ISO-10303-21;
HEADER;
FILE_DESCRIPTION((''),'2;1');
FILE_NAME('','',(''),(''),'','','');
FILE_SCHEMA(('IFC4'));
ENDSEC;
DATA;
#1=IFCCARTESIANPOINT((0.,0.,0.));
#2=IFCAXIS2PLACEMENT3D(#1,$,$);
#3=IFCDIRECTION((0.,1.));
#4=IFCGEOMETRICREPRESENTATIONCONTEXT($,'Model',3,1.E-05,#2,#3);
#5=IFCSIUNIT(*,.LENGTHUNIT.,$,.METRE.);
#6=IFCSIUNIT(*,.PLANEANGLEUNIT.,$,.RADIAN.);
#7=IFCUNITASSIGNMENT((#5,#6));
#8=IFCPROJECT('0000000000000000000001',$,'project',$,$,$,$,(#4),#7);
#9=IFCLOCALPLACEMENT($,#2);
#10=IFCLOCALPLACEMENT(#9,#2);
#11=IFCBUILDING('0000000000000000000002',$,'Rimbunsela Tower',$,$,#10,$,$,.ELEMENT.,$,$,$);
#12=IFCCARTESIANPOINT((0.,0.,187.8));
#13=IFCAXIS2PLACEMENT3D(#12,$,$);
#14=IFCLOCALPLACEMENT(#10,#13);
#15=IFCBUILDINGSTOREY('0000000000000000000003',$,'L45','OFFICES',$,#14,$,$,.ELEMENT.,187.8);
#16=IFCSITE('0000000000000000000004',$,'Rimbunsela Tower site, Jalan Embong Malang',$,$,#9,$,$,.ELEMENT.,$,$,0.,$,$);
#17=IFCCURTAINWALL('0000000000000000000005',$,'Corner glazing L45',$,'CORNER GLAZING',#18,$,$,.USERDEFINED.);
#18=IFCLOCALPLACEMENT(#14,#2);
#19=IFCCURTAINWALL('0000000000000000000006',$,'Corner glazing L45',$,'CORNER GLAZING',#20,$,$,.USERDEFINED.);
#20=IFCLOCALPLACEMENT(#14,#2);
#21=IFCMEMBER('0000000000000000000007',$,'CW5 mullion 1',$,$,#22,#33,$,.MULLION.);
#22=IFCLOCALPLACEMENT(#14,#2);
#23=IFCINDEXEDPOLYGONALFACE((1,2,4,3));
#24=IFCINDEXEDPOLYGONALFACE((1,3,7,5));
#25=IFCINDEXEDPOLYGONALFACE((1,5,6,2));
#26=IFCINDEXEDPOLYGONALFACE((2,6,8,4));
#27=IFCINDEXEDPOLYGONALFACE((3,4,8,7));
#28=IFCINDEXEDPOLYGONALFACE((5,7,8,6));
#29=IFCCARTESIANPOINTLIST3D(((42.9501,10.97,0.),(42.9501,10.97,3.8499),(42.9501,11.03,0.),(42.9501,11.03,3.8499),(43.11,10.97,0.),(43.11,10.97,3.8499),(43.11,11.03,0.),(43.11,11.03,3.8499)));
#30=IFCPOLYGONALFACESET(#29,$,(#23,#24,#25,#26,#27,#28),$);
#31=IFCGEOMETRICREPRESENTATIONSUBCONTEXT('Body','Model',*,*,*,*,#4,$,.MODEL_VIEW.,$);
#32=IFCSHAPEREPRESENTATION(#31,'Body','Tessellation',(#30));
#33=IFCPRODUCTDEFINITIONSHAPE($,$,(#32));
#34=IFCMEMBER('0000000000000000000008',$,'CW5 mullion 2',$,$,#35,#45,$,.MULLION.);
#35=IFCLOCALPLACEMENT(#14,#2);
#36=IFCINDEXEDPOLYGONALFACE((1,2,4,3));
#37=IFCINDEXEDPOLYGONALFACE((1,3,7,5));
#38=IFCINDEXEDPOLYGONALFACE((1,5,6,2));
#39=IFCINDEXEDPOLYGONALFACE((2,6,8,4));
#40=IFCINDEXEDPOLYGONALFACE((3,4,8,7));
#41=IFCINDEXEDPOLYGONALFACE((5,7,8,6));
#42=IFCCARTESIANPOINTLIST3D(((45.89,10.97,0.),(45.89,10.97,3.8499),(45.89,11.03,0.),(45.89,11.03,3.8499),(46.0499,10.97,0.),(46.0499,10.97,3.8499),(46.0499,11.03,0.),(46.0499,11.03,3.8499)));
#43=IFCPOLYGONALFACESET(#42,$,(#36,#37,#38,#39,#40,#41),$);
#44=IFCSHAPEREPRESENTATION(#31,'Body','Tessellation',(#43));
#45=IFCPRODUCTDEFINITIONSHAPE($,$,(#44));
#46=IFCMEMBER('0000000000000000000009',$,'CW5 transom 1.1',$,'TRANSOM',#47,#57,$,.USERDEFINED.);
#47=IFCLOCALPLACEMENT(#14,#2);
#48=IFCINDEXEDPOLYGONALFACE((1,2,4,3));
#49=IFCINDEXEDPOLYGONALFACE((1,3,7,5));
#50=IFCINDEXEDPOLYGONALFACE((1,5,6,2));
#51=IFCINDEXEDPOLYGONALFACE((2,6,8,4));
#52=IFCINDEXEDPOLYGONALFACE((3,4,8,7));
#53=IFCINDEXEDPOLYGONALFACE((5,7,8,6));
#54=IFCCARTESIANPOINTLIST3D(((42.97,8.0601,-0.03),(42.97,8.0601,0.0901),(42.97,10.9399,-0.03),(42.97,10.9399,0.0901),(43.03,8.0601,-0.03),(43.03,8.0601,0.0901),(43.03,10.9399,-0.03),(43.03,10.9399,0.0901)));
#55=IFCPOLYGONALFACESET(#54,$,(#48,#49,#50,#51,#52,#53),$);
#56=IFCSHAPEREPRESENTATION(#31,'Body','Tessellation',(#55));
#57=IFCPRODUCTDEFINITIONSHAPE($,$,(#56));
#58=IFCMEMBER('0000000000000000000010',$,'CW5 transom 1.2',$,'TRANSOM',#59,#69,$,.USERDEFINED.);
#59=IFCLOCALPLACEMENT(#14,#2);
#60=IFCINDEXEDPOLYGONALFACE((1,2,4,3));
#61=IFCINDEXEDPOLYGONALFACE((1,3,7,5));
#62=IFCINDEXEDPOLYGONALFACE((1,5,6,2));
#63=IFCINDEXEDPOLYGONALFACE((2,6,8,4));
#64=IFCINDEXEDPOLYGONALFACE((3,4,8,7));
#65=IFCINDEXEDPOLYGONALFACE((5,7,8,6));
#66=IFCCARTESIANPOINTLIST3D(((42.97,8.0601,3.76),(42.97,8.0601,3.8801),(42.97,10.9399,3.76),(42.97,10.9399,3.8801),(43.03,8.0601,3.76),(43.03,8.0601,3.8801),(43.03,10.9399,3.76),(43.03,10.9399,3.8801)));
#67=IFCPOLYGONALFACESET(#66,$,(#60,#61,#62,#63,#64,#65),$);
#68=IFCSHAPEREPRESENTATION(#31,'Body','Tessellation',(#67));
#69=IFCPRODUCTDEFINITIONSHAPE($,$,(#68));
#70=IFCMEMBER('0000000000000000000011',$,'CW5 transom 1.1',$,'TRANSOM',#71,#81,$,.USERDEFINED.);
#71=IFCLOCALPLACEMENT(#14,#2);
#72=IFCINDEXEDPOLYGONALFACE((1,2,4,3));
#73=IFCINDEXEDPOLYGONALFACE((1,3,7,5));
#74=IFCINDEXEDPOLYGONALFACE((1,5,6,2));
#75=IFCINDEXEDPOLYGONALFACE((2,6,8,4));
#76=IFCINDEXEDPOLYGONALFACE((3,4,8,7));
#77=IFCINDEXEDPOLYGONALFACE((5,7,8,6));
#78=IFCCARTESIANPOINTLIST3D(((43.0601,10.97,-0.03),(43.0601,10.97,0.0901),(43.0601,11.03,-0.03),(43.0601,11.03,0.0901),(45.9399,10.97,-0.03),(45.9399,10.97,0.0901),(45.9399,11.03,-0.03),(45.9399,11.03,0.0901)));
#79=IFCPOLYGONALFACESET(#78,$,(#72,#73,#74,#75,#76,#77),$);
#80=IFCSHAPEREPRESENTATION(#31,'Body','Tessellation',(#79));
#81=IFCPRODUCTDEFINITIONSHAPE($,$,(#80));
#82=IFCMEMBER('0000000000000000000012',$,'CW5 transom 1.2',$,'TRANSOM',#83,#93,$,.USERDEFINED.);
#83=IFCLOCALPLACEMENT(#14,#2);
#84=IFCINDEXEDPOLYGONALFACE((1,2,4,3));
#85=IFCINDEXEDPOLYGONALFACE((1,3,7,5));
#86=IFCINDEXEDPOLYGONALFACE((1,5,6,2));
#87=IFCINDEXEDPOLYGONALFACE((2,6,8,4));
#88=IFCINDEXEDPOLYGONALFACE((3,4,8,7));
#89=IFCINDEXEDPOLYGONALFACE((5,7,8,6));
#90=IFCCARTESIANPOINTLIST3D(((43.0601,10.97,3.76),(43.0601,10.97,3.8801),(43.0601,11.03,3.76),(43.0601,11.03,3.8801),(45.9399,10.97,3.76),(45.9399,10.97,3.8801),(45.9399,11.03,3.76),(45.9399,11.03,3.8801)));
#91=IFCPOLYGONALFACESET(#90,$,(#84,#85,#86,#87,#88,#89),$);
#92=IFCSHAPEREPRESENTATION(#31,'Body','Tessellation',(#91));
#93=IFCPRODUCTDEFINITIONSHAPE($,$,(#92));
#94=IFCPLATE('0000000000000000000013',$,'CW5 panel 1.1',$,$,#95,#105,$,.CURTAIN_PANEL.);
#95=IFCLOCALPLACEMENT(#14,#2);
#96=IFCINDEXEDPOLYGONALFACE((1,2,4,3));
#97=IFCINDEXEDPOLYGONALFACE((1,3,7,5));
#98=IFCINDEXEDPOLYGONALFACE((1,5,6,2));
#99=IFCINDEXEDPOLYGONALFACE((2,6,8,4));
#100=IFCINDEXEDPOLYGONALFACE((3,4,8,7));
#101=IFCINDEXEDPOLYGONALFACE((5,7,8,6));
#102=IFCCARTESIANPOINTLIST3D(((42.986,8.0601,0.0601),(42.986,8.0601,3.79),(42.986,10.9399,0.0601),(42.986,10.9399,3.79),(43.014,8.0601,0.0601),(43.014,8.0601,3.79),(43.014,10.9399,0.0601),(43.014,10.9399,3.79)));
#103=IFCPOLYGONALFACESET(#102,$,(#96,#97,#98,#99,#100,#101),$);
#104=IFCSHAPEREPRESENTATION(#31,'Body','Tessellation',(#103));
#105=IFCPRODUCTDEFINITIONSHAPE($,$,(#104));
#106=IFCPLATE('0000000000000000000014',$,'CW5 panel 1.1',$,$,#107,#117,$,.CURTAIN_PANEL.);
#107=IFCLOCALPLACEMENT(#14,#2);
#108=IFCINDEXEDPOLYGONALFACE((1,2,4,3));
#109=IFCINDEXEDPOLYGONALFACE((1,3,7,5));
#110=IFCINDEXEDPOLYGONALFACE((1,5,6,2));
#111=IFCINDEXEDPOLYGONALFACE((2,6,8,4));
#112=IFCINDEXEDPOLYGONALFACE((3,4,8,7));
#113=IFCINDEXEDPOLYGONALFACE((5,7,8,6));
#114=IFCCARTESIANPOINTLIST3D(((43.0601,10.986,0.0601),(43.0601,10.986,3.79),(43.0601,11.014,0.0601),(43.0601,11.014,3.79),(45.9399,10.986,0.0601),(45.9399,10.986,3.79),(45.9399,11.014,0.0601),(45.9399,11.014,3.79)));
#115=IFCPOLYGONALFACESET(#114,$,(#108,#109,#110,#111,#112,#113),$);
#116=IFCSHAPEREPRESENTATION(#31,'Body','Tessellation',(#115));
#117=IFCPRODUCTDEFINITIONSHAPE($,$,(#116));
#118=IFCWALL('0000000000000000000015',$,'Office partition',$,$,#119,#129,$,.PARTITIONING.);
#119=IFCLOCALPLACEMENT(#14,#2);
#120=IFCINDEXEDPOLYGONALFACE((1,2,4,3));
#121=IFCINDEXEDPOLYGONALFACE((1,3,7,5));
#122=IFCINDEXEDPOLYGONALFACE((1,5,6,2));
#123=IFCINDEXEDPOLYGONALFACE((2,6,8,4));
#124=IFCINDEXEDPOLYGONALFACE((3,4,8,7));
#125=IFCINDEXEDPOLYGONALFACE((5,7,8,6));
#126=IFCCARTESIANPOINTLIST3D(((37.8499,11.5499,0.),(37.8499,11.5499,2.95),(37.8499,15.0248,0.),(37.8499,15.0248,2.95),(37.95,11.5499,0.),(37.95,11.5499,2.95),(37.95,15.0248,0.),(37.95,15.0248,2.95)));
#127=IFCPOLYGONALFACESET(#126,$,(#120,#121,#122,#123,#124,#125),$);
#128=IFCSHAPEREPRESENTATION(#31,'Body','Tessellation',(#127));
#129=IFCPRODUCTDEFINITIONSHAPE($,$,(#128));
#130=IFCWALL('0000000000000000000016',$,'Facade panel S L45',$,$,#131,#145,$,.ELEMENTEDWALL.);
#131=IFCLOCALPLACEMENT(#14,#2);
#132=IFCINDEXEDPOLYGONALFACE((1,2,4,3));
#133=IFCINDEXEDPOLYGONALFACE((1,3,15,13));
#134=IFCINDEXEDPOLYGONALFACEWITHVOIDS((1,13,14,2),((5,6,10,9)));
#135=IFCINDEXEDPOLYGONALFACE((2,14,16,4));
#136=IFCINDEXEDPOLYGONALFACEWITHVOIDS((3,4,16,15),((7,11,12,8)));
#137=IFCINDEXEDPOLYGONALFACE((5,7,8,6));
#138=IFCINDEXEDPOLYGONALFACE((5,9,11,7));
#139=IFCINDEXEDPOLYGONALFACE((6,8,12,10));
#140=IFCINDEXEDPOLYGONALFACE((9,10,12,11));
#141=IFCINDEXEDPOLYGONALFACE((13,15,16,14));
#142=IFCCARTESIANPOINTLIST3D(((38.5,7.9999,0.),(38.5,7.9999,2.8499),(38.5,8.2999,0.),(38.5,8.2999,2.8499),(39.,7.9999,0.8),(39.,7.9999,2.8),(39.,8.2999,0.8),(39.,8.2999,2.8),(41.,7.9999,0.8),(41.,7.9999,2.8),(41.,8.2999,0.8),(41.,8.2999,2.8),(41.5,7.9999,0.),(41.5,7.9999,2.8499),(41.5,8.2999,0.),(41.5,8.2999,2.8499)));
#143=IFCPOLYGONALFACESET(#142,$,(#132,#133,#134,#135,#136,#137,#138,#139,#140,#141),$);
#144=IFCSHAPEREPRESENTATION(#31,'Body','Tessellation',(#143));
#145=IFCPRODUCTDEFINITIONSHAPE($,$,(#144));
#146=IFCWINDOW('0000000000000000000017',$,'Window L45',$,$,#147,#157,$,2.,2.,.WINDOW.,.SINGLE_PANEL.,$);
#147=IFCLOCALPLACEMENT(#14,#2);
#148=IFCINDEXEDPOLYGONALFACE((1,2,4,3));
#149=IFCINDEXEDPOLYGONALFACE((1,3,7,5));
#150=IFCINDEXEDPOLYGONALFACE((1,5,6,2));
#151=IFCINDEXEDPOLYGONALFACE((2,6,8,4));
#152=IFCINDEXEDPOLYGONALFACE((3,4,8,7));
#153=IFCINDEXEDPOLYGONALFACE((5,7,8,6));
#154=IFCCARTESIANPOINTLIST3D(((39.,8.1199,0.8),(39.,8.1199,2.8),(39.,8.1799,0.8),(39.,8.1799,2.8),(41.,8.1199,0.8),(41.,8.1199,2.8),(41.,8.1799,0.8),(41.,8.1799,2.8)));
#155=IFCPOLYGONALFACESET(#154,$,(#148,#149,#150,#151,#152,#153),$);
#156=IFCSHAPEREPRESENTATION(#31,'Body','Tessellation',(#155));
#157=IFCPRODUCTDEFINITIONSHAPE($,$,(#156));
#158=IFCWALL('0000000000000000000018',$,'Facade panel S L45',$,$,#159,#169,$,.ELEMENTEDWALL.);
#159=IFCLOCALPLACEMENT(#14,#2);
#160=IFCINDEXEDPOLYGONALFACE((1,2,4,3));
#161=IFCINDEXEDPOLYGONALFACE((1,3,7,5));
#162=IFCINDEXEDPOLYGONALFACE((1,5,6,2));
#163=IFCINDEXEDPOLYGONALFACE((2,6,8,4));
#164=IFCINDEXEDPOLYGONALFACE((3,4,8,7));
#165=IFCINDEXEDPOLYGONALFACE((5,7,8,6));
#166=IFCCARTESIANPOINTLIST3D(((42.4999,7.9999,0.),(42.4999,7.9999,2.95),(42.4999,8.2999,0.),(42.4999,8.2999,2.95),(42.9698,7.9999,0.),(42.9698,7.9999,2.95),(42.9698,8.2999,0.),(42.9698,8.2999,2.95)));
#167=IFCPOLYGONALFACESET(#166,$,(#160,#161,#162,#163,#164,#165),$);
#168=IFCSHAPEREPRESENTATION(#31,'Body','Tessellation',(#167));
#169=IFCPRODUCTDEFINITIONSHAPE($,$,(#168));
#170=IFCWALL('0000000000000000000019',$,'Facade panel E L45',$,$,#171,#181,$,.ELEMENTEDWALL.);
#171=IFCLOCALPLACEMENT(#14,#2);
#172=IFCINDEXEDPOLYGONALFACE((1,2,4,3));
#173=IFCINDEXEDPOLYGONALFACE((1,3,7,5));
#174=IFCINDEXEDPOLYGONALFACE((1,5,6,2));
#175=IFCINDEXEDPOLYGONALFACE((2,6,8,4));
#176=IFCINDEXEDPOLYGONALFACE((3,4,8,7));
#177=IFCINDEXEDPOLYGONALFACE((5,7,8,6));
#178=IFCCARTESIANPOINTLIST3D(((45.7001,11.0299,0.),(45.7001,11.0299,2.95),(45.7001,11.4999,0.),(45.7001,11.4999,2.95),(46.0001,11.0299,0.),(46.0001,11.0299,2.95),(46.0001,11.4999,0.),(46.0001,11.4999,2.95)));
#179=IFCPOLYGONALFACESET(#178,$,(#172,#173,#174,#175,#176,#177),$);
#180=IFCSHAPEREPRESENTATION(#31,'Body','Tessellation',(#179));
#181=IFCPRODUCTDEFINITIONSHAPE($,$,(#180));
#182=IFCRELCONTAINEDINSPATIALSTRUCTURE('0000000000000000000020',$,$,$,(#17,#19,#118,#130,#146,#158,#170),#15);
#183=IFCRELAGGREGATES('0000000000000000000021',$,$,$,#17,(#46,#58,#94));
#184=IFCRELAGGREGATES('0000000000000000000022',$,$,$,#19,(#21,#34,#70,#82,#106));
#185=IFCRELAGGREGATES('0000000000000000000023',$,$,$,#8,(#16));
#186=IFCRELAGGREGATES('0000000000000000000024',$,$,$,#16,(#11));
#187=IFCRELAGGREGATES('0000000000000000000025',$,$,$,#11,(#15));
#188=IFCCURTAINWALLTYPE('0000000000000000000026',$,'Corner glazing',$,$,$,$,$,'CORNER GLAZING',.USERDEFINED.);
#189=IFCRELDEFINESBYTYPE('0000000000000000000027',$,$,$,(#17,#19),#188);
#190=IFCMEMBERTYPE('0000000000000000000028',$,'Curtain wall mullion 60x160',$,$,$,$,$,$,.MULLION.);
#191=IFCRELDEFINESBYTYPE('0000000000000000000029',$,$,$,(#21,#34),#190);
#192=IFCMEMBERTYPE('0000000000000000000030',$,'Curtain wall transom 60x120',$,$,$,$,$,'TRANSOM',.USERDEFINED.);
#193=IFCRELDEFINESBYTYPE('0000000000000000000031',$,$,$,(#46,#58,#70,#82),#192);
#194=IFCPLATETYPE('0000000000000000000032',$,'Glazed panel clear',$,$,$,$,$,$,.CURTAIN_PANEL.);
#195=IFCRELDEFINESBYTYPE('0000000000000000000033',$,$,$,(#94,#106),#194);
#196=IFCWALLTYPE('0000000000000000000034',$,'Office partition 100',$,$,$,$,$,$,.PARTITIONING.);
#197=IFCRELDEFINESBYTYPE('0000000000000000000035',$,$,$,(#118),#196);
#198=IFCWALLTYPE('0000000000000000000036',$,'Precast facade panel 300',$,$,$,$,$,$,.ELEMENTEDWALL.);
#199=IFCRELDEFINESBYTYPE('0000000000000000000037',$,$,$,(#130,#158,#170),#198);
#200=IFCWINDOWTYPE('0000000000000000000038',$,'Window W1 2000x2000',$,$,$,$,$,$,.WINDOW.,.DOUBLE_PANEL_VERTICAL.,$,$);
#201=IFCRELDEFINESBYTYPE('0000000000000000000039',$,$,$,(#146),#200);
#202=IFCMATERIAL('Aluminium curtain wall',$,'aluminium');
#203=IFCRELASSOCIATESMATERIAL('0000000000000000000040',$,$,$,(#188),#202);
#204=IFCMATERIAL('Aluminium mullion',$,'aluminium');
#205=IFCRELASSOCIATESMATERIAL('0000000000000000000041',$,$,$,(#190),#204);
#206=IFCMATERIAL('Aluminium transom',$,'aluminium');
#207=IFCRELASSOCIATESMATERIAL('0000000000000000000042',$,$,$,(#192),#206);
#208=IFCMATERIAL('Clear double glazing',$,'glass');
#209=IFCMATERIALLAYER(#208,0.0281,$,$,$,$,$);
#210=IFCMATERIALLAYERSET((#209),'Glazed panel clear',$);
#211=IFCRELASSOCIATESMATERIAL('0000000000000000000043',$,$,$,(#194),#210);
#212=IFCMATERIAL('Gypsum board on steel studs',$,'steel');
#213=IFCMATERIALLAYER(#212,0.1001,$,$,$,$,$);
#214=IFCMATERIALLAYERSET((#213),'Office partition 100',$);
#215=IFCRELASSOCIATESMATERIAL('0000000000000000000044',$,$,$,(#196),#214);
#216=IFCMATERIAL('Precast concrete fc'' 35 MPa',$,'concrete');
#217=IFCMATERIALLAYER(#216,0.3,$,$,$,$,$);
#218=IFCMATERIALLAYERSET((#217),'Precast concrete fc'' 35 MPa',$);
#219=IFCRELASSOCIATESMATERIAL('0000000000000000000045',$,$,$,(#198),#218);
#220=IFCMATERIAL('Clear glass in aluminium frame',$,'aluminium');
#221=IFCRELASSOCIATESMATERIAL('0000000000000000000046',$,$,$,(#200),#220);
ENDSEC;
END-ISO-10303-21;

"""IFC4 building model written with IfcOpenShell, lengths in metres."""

from ifc_helpers import new_model, si_unit, direction, frame, frame_2d, origin, origin_2d, place, context, subcontext, project, spatial, rectangle, extrude, material, layer, layer_set, material_profile, profile_set, type_object, element, fill, aggregate, save


model = new_model("IFC4")

# Units and contexts
model_context = context("Model", 3, precision=1e-05, world=origin(), true_north=direction((0.0, 1.0)))
body_context = subcontext(model_context, "Body", "Model", "MODEL_VIEW")
ifc_project = project(units=[si_unit("LENGTHUNIT", "METRE"), si_unit("PLANEANGLEUNIT", "RADIAN")], contexts=[model_context])

# Site, building, storey
site_placement = place(None, origin())
site = spatial("IfcSite", under=ifc_project, at=site_placement, Name="Rimbunsela Tower site, Jalan Embong Malang", CompositionType="ELEMENT", RefElevation=0.0)
building_placement = place(site_placement, origin())
building = spatial("IfcBuilding", under=site, at=building_placement, Name="Rimbunsela Tower", CompositionType="ELEMENT")
storey_placement = place(building_placement, frame((0.0, 0.0, 187.8)))
storey = spatial("IfcBuildingStorey", under=building, at=storey_placement, Name="L45", Description="OFFICES", CompositionType="ELEMENT", Elevation=187.8)

# Curtain walls, members
ifc_material_1 = material(Name="Aluminium curtain wall", Category="aluminium")
curtain_wall_type = type_object("IfcCurtainWallType", Name="Corner glazing", ElementType="CORNER GLAZING", PredefinedType="USERDEFINED", material=ifc_material_1)
curtain_wall_1_placement = place(storey_placement, origin())
curtain_wall_1 = element("IfcCurtainWall", 1, at=curtain_wall_1_placement, inside=storey, type_object=curtain_wall_type, Name="Corner glazing L45", ObjectType="CORNER GLAZING", PredefinedType="USERDEFINED")
ifc_material_2 = material(Name="Aluminium mullion", Category="aluminium")
ifc_material_profile_1 = material_profile(ifc_material_2, rectangle(XDim=0.0601, YDim=0.1599, at=origin_2d()), Name="Mullion 60x160")
ifc_profile_set_1 = profile_set([ifc_material_profile_1], Name="Aluminium mullion")
member_type_1 = type_object("IfcMemberType", Name="Curtain wall mullion 60x160", PredefinedType="MULLION", material=ifc_profile_set_1)
curtain_wall_2_placement = place(storey_placement, origin())
curtain_wall_2 = element("IfcCurtainWall", 2, at=curtain_wall_2_placement, inside=storey, type_object=curtain_wall_type, Name="Corner glazing L45", ObjectType="CORNER GLAZING", PredefinedType="USERDEFINED")
member_1_placement = place(storey_placement, frame((43.03, 11.0, 0.0), z_axis=(0.0, 0.0, 1.0), x_axis=(0.0, 1.0, 0.0)))
member_1 = element("IfcMember", 3, at=member_1_placement, type_object=member_type_1, Name="CW5 mullion 1", PredefinedType="MULLION", context=body_context, shape_type="SweptSolid", body=[
    extrude(rectangle(XDim=0.0601, YDim=0.1599, at=origin_2d()), origin(), (0.0, 0.0, 1.0), 3.8499),
])
member_2_placement = place(storey_placement, frame((45.97, 11.0, 0.0), z_axis=(0.0, 0.0, 1.0), x_axis=(0.0, 1.0, 0.0)))
member_2 = element("IfcMember", 4, at=member_2_placement, type_object=member_type_1, Name="CW5 mullion 2", PredefinedType="MULLION", context=body_context, shape_type="SweptSolid", body=[
    extrude(rectangle(XDim=0.0601, YDim=0.1599, at=origin_2d()), origin(), (0.0, 0.0, 1.0), 3.8499),
])

# Members
ifc_material_3 = material(Name="Aluminium transom", Category="aluminium")
ifc_material_profile_2 = material_profile(ifc_material_3, rectangle(XDim=0.0601, YDim=0.1201, at=origin_2d()), Name="Transom 60x120")
ifc_profile_set_2 = profile_set([ifc_material_profile_2], Name="Aluminium transom")
member_type_2 = type_object("IfcMemberType", Name="Curtain wall transom 60x120", ElementType="TRANSOM", PredefinedType="USERDEFINED", material=ifc_profile_set_2)
member_3_placement = place(storey_placement, frame((43.0, 8.0601, 0.03), z_axis=(0.0, 1.0, 0.0), x_axis=(-1.0, 0.0, 0.0)))
member_3 = element("IfcMember", 5, at=member_3_placement, type_object=member_type_2, Name="CW5 transom 1.1", ObjectType="TRANSOM", PredefinedType="USERDEFINED", context=body_context, shape_type="SweptSolid", body=[
    extrude(rectangle(XDim=0.0601, YDim=0.1201, at=origin_2d()), origin(), (0.0, 0.0, 1.0), 2.8799),
])
member_4_placement = place(storey_placement, frame((43.0, 8.0601, 3.8201), z_axis=(0.0, 1.0, 0.0), x_axis=(-1.0, 0.0, 0.0)))
member_4 = element("IfcMember", 6, at=member_4_placement, type_object=member_type_2, Name="CW5 transom 1.2", ObjectType="TRANSOM", PredefinedType="USERDEFINED", context=body_context, shape_type="SweptSolid", body=[
    extrude(rectangle(XDim=0.0601, YDim=0.1201, at=origin_2d()), origin(), (0.0, 0.0, 1.0), 2.8799),
])
member_5_placement = place(storey_placement, frame((43.0601, 11.0, 0.03), z_axis=(1.0, 0.0, 0.0), x_axis=(0.0, 1.0, 0.0)))
member_5 = element("IfcMember", 7, at=member_5_placement, type_object=member_type_2, Name="CW5 transom 1.1", ObjectType="TRANSOM", PredefinedType="USERDEFINED", context=body_context, shape_type="SweptSolid", body=[
    extrude(rectangle(XDim=0.0601, YDim=0.1201, at=origin_2d()), origin(), (0.0, 0.0, 1.0), 2.8799),
])
member_6_placement = place(storey_placement, frame((43.0601, 11.0, 3.8201), z_axis=(1.0, 0.0, 0.0), x_axis=(0.0, 1.0, 0.0)))
member_6 = element("IfcMember", 8, at=member_6_placement, type_object=member_type_2, Name="CW5 transom 1.2", ObjectType="TRANSOM", PredefinedType="USERDEFINED", context=body_context, shape_type="SweptSolid", body=[
    extrude(rectangle(XDim=0.0601, YDim=0.1201, at=origin_2d()), origin(), (0.0, 0.0, 1.0), 2.8799),
])

# Plates
ifc_material_4 = material(Name="Clear double glazing", Category="glass")
ifc_layer_1 = layer(ifc_material_4, 0.0281)
ifc_layer_set_1 = layer_set([ifc_layer_1], Name="Glazed panel clear")
plate_type = type_object("IfcPlateType", Name="Glazed panel clear", PredefinedType="CURTAIN_PANEL", material=ifc_layer_set_1)
plate_1_placement = place(storey_placement, frame((43.0, 9.5, 0.0601), z_axis=(0.0, 0.0, 1.0), x_axis=(0.0, 1.0, 0.0)))
plate_1 = element("IfcPlate", 9, at=plate_1_placement, type_object=plate_type, Name="CW5 panel 1.1", PredefinedType="CURTAIN_PANEL", context=body_context, shape_type="SweptSolid", body=[
    extrude(rectangle(XDim=2.8799, YDim=0.0281, at=origin_2d()), origin(), (0.0, 0.0, 1.0), 3.73),
])
aggregate(curtain_wall_1, [member_3, member_4, plate_1])
plate_2_placement = place(storey_placement, frame((44.5, 11.0, 0.0601), z_axis=(0.0, 0.0, 1.0), x_axis=(1.0, 0.0, 0.0)))
plate_2 = element("IfcPlate", 10, at=plate_2_placement, type_object=plate_type, Name="CW5 panel 1.1", PredefinedType="CURTAIN_PANEL", context=body_context, shape_type="SweptSolid", body=[
    extrude(rectangle(XDim=2.8799, YDim=0.0281, at=origin_2d()), origin(), (0.0, 0.0, 1.0), 3.73),
])
aggregate(curtain_wall_2, [member_1, member_2, member_5, member_6, plate_2])

# Wall
ifc_material_5 = material(Name="Gypsum board on steel studs", Category="steel")
ifc_layer_2 = layer(ifc_material_5, 0.1001)
ifc_layer_set_2 = layer_set([ifc_layer_2], Name="Office partition 100")
wall_type_1 = type_object("IfcWallType", Name="Office partition 100", PredefinedType="PARTITIONING", material=ifc_layer_set_2)
wall_1_placement = place(storey_placement, frame((37.8999, 11.55, 0.0), z_axis=(0.0, 0.0, 1.0), x_axis=(0.0, 1.0, 0.0)))
element("IfcWall", 11, at=wall_1_placement, inside=storey, type_object=wall_type_1, Name="Office partition", PredefinedType="PARTITIONING", context=body_context, shape_type="SweptSolid", body=[
    extrude(rectangle(XDim=3.4749, YDim=0.1001, at=frame_2d((1.7373, 0.0))), origin(), (0.0, 0.0, 1.0), 2.95),
])

# Wall, opening, window
ifc_material_6 = material(Name="Precast concrete fc' 35 MPa", Category="concrete")
ifc_layer_3 = layer(ifc_material_6, 0.3)
ifc_layer_set_3 = layer_set([ifc_layer_3], Name="Precast concrete fc' 35 MPa")
wall_type_2 = type_object("IfcWallType", Name="Precast facade panel 300", PredefinedType="ELEMENTEDWALL", material=ifc_layer_set_3)
wall_2_placement = place(storey_placement, frame((38.5, 8.1499, 0.0), z_axis=(0.0, 0.0, 1.0), x_axis=(1.0, 0.0, 0.0)))
wall_2 = element("IfcWall", 12, at=wall_2_placement, inside=storey, type_object=wall_type_2, Name="Facade panel S L45", PredefinedType="ELEMENTEDWALL", context=body_context, shape_type="SweptSolid", body=[
    extrude(rectangle(XDim=3.0, YDim=0.3, at=frame_2d((1.5, 0.0))), origin(), (0.0, 0.0, 1.0), 2.8499),
])
opening_placement = place(wall_2_placement, frame((0.5, 0.0, 0.8)))
opening = element("IfcOpeningElement", 13, at=opening_placement, cuts=wall_2, PredefinedType="OPENING", context=body_context, shape_type="SweptSolid", body=[
    extrude(rectangle(XDim=2.0, YDim=2.0, at=frame_2d((1.0, 1.0))), frame((0.0, 0.1599, 0.0), z_axis=(0.0, -1.0, 0.0), x_axis=(1.0, 0.0, 0.0)), (0.0, 0.0, 1.0), 0.3201),
])
ifc_material_7 = material(Name="Clear glass in aluminium frame", Category="aluminium")
window_type = type_object("IfcWindowType", Name="Window W1 2000x2000", PartitioningType="DOUBLE_PANEL_VERTICAL", PredefinedType="WINDOW", material=ifc_material_7)
window_placement = place(opening_placement, origin())
window = element("IfcWindow", 14, at=window_placement, inside=storey, type_object=window_type, Name="Window L45", OverallHeight=2.0, OverallWidth=2.0, PartitioningType="SINGLE_PANEL", PredefinedType="WINDOW", context=body_context, shape_type="SweptSolid", body=[
    extrude(rectangle(XDim=2.0, YDim=2.0, at=frame_2d((1.0, 1.0))), frame((0.0, 0.03, 0.0), z_axis=(0.0, -1.0, 0.0), x_axis=(1.0, 0.0, 0.0)), (0.0, 0.0, 1.0), 0.0601),
])
fill(opening, window)

# Walls
for number, where, z_axis, x_axis, name in (
    (15, (42.5, 8.1499, 0.0), (0.0, 0.0, 1.0), (1.0, 0.0, 0.0), "Facade panel S L45"),
    (16, (45.8501, 11.03, 0.0), (0.0, 0.0, 1.0), (0.0, 1.0, 0.0), "Facade panel E L45"),
):
    element("IfcWall", number, at=place(storey_placement, frame(where, z_axis=z_axis, x_axis=x_axis)), inside=storey, type_object=wall_type_2, Name=name, PredefinedType="ELEMENTEDWALL", context=body_context, shape_type="SweptSolid", body=[
        extrude(rectangle(XDim=0.47, YDim=0.3, at=frame_2d((0.2349, 0.0))), origin(), (0.0, 0.0, 1.0), 2.95),
    ])

save(model, "model.ifc")
